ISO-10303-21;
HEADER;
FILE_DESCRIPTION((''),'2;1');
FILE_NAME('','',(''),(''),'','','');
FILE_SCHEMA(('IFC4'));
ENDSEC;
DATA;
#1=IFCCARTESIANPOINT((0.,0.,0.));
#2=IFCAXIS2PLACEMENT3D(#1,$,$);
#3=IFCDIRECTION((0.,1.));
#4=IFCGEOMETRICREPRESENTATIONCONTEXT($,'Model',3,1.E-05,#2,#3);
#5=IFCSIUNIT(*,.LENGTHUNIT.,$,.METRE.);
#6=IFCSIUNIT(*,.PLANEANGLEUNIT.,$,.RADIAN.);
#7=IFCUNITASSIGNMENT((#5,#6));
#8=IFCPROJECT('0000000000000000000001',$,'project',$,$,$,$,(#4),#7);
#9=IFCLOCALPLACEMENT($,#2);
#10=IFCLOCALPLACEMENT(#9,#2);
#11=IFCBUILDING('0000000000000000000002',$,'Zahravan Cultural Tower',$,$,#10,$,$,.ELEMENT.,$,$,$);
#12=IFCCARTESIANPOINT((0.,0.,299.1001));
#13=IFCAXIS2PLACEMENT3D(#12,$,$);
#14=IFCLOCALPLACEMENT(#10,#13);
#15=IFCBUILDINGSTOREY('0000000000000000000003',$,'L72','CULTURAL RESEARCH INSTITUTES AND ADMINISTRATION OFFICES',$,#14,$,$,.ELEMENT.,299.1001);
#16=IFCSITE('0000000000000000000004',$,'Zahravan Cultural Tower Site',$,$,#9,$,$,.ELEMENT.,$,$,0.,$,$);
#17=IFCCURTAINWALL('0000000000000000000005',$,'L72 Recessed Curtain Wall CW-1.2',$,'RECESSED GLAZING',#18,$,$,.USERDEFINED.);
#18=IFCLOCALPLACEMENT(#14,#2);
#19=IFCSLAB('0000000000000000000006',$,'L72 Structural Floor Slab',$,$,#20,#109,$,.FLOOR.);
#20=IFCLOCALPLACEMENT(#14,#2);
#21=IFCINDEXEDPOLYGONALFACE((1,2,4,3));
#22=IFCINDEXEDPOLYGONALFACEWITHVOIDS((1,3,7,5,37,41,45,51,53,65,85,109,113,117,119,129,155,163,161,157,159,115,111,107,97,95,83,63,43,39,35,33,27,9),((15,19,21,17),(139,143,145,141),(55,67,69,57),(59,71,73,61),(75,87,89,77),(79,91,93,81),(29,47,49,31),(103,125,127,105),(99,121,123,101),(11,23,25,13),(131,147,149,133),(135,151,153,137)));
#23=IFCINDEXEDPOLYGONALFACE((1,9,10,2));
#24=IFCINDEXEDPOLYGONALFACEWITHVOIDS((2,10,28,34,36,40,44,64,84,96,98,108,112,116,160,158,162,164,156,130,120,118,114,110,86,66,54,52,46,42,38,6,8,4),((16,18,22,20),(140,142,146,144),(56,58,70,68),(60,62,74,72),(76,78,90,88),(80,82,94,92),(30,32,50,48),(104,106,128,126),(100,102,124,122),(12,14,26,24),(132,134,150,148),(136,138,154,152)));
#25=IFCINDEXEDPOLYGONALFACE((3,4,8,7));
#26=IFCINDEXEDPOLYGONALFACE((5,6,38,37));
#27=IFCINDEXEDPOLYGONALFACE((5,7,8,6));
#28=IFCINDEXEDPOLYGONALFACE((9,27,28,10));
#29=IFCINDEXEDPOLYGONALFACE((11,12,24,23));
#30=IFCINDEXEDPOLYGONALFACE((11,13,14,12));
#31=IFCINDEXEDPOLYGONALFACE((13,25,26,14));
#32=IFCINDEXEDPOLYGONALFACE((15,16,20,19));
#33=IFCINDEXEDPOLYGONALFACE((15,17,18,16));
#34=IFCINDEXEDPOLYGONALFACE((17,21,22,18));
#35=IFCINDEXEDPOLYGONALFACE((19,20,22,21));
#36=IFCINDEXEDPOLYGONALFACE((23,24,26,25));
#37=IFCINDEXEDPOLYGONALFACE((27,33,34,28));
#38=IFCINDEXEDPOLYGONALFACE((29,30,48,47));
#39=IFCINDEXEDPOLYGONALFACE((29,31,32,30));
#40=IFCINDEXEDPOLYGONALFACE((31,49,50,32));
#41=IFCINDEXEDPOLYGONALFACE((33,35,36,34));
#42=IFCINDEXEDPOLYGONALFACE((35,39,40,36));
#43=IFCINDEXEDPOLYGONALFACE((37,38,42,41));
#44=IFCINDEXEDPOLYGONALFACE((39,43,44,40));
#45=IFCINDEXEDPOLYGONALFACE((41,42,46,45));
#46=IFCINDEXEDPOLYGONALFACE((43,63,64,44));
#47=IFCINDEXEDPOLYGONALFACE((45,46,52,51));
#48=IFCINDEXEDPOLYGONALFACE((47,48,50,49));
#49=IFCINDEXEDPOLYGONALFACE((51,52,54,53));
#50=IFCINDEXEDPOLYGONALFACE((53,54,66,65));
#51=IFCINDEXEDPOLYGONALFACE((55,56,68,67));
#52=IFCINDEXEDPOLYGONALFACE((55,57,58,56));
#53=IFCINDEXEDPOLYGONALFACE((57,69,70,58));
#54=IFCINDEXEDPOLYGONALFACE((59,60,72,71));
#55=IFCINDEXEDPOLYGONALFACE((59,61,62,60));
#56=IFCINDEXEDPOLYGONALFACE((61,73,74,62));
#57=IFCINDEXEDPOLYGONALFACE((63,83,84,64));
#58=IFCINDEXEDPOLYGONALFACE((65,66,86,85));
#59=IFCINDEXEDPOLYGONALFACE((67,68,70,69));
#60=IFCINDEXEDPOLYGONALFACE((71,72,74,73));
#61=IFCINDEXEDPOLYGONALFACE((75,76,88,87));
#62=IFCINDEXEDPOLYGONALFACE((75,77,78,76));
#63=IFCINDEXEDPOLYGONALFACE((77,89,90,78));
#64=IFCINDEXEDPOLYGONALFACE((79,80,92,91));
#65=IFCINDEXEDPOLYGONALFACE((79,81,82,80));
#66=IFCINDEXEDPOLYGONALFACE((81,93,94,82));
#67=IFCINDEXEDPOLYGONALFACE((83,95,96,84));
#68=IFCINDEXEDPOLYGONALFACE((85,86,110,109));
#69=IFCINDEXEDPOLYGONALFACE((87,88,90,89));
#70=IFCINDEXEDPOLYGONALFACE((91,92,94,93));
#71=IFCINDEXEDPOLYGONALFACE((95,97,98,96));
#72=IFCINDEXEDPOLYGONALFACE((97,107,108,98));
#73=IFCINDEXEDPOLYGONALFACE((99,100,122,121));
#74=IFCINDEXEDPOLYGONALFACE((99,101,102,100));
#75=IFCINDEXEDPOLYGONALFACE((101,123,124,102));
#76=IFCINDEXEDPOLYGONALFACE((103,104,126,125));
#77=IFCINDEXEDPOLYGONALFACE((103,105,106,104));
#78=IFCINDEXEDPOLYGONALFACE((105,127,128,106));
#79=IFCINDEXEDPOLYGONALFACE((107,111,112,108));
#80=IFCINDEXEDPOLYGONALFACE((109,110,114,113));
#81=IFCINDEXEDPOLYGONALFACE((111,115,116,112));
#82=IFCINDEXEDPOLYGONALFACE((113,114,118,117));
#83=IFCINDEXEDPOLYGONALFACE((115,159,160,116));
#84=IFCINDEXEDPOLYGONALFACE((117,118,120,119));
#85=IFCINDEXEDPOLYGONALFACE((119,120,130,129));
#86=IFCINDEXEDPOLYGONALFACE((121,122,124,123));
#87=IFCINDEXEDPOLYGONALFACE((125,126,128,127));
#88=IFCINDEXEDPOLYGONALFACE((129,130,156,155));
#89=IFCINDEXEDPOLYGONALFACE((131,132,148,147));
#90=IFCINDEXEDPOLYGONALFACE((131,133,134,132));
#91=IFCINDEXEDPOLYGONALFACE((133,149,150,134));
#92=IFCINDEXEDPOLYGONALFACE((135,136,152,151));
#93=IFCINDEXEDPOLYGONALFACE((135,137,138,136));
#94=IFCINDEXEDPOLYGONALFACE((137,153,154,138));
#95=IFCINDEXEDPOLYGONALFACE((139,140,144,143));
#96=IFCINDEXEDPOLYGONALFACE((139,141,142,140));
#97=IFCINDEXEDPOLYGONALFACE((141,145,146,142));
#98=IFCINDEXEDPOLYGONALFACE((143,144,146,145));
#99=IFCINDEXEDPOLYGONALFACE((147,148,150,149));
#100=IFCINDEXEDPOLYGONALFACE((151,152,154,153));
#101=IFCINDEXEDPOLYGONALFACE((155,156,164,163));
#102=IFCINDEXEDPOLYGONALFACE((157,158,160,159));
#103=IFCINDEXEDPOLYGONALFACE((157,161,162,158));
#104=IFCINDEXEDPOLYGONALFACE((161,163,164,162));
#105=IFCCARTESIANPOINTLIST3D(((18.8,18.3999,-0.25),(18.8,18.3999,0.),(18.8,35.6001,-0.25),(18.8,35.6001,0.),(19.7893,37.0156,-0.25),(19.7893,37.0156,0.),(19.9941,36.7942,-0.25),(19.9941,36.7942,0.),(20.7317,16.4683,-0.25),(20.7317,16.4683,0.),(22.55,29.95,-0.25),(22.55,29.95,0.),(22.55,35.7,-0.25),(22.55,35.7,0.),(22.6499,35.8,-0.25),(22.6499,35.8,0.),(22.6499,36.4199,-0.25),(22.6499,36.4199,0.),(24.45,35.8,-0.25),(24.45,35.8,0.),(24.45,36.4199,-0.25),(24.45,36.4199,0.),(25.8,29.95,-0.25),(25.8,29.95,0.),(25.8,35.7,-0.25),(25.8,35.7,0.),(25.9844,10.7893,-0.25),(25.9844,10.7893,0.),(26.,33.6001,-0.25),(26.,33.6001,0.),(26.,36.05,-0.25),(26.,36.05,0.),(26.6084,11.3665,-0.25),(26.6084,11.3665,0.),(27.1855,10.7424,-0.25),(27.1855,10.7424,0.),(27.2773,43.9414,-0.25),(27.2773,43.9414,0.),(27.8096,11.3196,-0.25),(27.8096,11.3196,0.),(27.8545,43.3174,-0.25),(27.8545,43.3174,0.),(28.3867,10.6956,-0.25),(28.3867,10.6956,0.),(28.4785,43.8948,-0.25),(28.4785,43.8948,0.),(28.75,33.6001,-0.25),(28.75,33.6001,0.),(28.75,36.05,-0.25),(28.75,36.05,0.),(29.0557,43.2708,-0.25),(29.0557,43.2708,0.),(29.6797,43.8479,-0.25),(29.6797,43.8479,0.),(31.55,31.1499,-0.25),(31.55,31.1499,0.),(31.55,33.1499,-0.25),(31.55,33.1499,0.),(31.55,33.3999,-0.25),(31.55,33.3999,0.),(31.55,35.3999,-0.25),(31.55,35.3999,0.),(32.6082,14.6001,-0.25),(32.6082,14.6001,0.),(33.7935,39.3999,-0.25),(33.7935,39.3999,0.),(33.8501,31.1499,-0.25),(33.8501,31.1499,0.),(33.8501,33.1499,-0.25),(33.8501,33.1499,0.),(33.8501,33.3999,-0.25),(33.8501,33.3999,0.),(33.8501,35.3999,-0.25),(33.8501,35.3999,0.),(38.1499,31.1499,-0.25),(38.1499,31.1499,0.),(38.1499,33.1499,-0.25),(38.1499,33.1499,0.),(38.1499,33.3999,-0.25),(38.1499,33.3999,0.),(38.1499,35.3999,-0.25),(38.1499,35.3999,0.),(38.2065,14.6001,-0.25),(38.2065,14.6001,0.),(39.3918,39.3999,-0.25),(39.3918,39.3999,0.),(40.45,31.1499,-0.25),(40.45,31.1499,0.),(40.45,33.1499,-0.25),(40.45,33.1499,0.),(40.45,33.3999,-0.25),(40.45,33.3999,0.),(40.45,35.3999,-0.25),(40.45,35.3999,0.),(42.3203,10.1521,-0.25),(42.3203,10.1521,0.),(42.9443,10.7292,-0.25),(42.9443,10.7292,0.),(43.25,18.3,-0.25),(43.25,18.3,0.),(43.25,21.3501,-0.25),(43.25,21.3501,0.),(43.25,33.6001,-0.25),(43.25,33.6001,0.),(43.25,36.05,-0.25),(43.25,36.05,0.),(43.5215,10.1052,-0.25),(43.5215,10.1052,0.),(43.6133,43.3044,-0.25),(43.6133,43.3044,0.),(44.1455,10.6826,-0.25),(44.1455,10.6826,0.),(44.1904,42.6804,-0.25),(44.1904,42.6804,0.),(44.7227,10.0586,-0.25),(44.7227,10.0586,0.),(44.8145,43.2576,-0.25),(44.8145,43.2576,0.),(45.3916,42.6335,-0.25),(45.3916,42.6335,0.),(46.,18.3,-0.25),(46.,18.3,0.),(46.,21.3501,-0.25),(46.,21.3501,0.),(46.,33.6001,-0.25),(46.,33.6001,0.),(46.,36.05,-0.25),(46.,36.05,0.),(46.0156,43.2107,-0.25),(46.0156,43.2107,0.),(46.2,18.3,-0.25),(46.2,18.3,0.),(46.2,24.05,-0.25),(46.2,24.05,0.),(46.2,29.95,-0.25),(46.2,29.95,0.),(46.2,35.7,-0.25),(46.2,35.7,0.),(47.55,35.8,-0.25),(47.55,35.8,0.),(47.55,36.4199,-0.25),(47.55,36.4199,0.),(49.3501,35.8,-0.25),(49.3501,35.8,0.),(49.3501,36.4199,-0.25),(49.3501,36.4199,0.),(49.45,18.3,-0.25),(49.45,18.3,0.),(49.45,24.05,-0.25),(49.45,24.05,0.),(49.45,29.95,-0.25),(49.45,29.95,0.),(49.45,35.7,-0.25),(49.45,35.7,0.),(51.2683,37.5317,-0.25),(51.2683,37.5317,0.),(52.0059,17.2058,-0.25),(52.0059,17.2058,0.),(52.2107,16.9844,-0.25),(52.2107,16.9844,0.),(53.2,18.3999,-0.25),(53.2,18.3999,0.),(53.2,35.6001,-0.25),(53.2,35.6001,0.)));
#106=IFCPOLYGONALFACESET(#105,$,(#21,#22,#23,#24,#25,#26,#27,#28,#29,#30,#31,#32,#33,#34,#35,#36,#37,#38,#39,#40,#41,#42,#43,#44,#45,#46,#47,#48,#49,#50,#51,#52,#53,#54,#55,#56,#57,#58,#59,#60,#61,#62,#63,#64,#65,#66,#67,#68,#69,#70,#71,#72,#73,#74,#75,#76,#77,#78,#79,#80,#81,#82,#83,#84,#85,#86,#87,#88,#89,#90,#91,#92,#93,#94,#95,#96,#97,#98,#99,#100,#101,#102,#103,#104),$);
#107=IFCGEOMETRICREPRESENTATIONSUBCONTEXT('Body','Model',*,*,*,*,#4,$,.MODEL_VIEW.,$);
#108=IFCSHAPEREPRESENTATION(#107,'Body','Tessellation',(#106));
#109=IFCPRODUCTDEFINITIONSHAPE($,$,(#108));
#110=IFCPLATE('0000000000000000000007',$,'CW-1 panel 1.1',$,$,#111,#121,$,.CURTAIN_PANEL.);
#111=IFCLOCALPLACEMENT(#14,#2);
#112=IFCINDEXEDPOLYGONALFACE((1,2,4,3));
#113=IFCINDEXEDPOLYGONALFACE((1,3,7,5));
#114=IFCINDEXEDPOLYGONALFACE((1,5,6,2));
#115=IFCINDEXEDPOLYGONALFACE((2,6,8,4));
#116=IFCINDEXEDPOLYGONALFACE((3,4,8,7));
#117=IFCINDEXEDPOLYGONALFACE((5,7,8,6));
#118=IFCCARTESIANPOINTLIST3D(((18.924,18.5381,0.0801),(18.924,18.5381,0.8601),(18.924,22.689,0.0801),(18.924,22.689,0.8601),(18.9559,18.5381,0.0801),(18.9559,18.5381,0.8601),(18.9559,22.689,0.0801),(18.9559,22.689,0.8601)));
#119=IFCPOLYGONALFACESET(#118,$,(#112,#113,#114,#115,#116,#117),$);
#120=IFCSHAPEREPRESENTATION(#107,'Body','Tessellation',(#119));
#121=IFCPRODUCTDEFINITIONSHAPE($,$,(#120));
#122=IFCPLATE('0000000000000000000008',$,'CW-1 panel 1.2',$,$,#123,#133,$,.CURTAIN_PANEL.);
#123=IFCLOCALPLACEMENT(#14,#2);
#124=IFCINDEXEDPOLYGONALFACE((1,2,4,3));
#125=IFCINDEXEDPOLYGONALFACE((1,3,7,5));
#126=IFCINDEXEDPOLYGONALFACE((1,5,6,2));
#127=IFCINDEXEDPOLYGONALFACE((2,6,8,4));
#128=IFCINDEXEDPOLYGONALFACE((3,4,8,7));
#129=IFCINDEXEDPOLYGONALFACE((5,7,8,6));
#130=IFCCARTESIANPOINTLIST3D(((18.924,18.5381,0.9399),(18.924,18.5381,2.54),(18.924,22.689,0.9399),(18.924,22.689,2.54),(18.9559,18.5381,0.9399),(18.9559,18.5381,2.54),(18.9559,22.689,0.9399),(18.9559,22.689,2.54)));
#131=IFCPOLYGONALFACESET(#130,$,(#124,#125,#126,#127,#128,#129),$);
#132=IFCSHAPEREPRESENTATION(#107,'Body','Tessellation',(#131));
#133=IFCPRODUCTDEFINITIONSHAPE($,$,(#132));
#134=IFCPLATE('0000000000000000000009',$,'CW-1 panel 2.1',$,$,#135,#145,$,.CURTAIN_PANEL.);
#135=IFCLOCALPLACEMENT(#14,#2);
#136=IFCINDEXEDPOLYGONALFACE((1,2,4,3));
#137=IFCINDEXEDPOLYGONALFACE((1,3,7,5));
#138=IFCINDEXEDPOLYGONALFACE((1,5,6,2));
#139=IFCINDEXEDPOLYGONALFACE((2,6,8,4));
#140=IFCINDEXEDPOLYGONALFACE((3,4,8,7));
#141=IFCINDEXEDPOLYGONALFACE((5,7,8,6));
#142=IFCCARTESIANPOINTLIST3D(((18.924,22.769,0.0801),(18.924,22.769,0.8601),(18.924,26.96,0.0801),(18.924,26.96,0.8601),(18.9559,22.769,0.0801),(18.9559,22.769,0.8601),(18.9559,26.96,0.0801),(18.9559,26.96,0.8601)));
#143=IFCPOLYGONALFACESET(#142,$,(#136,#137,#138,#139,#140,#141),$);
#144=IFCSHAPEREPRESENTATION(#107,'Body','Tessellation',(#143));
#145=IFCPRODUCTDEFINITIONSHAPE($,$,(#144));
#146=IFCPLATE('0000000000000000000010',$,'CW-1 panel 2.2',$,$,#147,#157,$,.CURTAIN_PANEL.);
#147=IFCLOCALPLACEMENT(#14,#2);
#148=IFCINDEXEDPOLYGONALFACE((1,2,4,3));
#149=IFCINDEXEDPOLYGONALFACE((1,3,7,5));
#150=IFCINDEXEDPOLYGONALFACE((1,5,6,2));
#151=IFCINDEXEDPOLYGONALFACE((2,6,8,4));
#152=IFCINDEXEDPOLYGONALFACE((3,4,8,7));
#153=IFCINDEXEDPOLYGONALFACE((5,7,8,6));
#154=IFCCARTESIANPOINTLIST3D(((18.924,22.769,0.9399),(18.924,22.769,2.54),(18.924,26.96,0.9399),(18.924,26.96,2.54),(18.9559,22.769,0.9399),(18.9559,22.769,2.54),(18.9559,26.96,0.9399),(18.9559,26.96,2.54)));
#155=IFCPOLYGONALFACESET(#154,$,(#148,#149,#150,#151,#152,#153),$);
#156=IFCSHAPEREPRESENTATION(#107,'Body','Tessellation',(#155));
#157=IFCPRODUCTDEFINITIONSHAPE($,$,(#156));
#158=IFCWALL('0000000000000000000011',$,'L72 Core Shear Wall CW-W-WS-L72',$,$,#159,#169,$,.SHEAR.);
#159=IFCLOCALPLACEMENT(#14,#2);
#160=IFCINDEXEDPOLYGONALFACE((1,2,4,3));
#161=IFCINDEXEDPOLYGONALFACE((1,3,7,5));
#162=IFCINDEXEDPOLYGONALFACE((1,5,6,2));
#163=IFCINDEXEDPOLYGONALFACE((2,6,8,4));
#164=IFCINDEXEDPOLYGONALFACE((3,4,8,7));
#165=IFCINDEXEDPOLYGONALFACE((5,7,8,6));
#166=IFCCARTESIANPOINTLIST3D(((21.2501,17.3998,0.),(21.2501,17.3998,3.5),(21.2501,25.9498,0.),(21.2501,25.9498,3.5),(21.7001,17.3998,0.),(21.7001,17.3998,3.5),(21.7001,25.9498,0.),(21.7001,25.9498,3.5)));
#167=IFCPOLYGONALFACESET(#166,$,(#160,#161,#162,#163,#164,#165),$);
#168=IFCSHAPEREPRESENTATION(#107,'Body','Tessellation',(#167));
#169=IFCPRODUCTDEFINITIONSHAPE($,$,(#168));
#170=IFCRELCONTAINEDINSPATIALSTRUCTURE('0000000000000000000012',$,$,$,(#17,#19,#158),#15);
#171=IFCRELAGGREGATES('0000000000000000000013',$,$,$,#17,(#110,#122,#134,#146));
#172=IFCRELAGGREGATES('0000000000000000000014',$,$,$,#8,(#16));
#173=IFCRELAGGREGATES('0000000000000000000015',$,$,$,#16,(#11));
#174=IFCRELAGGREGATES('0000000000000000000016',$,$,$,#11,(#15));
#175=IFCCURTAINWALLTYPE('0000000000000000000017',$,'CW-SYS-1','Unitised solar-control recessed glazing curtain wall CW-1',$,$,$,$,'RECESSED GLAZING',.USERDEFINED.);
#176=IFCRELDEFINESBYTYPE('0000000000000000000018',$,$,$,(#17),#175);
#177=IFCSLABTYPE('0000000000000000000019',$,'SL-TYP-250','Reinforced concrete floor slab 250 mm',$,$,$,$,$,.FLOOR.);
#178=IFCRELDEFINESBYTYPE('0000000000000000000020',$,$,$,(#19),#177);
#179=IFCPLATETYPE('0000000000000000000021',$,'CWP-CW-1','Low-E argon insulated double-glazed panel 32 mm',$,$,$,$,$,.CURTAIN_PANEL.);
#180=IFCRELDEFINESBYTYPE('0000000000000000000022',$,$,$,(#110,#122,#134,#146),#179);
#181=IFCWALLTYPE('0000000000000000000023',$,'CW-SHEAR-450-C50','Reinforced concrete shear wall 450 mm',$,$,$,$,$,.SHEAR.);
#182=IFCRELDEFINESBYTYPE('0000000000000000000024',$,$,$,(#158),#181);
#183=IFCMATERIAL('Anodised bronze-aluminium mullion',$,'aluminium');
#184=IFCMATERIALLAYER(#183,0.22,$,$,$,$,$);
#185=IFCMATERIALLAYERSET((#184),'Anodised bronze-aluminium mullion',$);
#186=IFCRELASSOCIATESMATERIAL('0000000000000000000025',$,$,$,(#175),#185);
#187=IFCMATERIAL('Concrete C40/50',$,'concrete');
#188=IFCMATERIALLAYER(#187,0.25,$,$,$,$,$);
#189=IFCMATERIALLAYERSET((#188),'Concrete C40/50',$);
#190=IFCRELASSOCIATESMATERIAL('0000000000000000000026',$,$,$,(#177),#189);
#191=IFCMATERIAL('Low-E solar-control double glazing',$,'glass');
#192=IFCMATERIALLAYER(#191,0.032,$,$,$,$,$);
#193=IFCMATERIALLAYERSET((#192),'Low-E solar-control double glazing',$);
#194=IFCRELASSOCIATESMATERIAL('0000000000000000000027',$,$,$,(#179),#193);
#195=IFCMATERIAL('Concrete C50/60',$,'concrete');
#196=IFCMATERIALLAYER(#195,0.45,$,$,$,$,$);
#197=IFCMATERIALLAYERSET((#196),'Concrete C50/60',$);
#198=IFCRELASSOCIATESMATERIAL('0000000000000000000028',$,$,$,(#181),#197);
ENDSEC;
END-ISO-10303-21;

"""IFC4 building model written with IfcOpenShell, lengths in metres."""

from ifc_helpers import new_model, si_unit, direction, frame, frame_2d, origin, origin_2d, place, context, subcontext, project, spatial, polyline, rectangle, outline, extrude, source, transform, mapped, material, layer, layer_set, type_object, element, aggregate, save


model = new_model("IFC4")

# Units and contexts
model_context = context("Model", 3, precision=1e-05, world=origin(), true_north=direction((0.0, 1.0)))
body_context = subcontext(model_context, "Body", "Model", "MODEL_VIEW")
ifc_project = project(units=[si_unit("LENGTHUNIT", "METRE"), si_unit("PLANEANGLEUNIT", "RADIAN")], contexts=[model_context])

# Site, building, storey
site_placement = place(None, origin())
site = spatial("IfcSite", under=ifc_project, at=site_placement, Name="Zahravan Cultural Tower Site", CompositionType="ELEMENT", RefElevation=0.0)
building_placement = place(site_placement, origin())
building = spatial("IfcBuilding", under=site, at=building_placement, Name="Zahravan Cultural Tower", CompositionType="ELEMENT")
storey_placement = place(building_placement, frame((0.0, 0.0, 299.1001)))
storey = spatial("IfcBuildingStorey", under=building, at=storey_placement, Name="L72", Description="CULTURAL RESEARCH INSTITUTES AND ADMINISTRATION OFFICES", CompositionType="ELEMENT", Elevation=299.1001)

# Shared definitions
ifc_material_1 = material(Name="Concrete C50/60", Category="concrete")

# Curtain wall
ifc_material_2 = material(Name="Anodised bronze-aluminium mullion", Category="aluminium")
ifc_layer_1 = layer(ifc_material_2, 0.22)
ifc_layer_set_1 = layer_set([ifc_layer_1], Name="Anodised bronze-aluminium mullion")
curtain_wall_type = type_object("IfcCurtainWallType", Name="CW-SYS-1", Description="Unitised solar-control recessed glazing curtain wall CW-1", ElementType="RECESSED GLAZING", PredefinedType="USERDEFINED", material=ifc_layer_set_1)
curtain_wall_placement = place(storey_placement, origin())
curtain_wall = element("IfcCurtainWall", 1, at=curtain_wall_placement, inside=storey, type_object=curtain_wall_type, Name="L72 Recessed Curtain Wall CW-1.2", ObjectType="RECESSED GLAZING", PredefinedType="USERDEFINED")

# Slab
ifc_material_3 = material(Name="Concrete C40/50", Category="concrete")
ifc_layer_2 = layer(ifc_material_3, 0.25)
ifc_layer_set_2 = layer_set([ifc_layer_2], Name="Concrete C40/50")
slab_type_1 = type_object("IfcSlabType", Name="SL-TYP-250", Description="Reinforced concrete floor slab 250 mm", PredefinedType="FLOOR", material=ifc_layer_set_2)
slab_1_placement = place(storey_placement, frame((0.0, 0.0, -0.25)))
element("IfcSlab", 2, at=slab_1_placement, inside=storey, type_object=slab_type_1, Name="L72 Structural Floor Slab", PredefinedType="FLOOR", context=body_context, shape_type="SweptSolid", body=[
    extrude(outline(polyline([(39.3918, 39.3999), (33.7935, 39.3999), (29.6797, 43.8479), (29.0557, 43.2708), (28.4785, 43.8948), (27.8545, 43.3174), (27.2773, 43.9414), (19.7893, 37.0156), (19.9941, 36.7942), (18.8, 35.6001), (18.8, 18.3999), (20.7317, 16.4683), (25.9844, 10.7893), (26.6084, 11.3665), (27.1855, 10.7424), (27.8096, 11.3196), (28.3867, 10.6956), (32.6082, 14.6001), (38.2065, 14.6001), (42.3203, 10.1521), (42.9443, 10.7292), (43.5215, 10.1052), (44.1455, 10.6826), (44.7227, 10.0586), (52.2107, 16.9844), (52.0059, 17.2058), (53.2, 18.3999), (53.2, 35.6001), (51.2683, 37.5317), (46.0156, 43.2107), (45.3916, 42.6335), (44.8145, 43.2576), (44.1904, 42.6804), (43.6133, 43.3044), (39.3918, 39.3999)]), holes=[polyline([(22.55, 29.95), (22.55, 35.7), (25.8, 35.7), (25.8, 29.95), (22.55, 29.95)]), polyline([(46.2, 29.95), (46.2, 35.7), (49.45, 35.7), (49.45, 29.95), (46.2, 29.95)]), polyline([(46.2, 18.3), (46.2, 24.05), (49.45, 24.05), (49.45, 18.3), (46.2, 18.3)]), polyline([(26.0, 33.6001), (26.0, 36.05), (28.75, 36.05), (28.75, 33.6001), (26.0, 33.6001)]), polyline([(43.25, 33.6001), (43.25, 36.05), (46.0, 36.05), (46.0, 33.6001), (43.25, 33.6001)]), polyline([(43.25, 18.3), (43.25, 21.3501), (46.0, 21.3501), (46.0, 18.3), (43.25, 18.3)]), polyline([(31.55, 33.3999), (31.55, 35.3999), (33.8501, 35.3999), (33.8501, 33.3999), (31.55, 33.3999)]), polyline([(31.55, 31.1499), (31.55, 33.1499), (33.8501, 33.1499), (33.8501, 31.1499), (31.55, 31.1499)]), polyline([(38.1499, 33.3999), (38.1499, 35.3999), (40.45, 35.3999), (40.45, 33.3999), (38.1499, 33.3999)]), polyline([(38.1499, 31.1499), (38.1499, 33.1499), (40.45, 33.1499), (40.45, 31.1499), (38.1499, 31.1499)]), polyline([(22.6499, 35.8), (22.6499, 36.4199), (24.45, 36.4199), (24.45, 35.8), (22.6499, 35.8)]), polyline([(47.55, 35.8), (47.55, 36.4199), (49.3501, 36.4199), (49.3501, 35.8), (47.55, 35.8)])]), origin(), (0.0, 0.0, 1.0), 0.25),
])

# Plates
ifc_material_4 = material(Name="Low-E solar-control double glazing", Category="glass")
ifc_layer_3 = layer(ifc_material_4, 0.032)
ifc_layer_set_3 = layer_set([ifc_layer_3], Name="Low-E solar-control double glazing")
plate_type = type_object("IfcPlateType", Name="CWP-CW-1", Description="Low-E argon insulated double-glazed panel 32 mm", PredefinedType="CURTAIN_PANEL", material=ifc_layer_set_3)
shared_shape_1 = source(origin(), body_context, "Body", "SweptSolid", [
    extrude(rectangle(XDim=4.1509, YDim=0.032, at=origin_2d()), origin(), (0.0, 0.0, 1.0), 0.78),
])
plate_1_placement = place(storey_placement, frame((18.9399, 20.6135, 0.0801), z_axis=(0.0, 0.0, 1.0), x_axis=(0.0, 1.0, 0.0)))
plate_1 = element("IfcPlate", 3, at=plate_1_placement, type_object=plate_type, Name="CW-1 panel 1.1", PredefinedType="CURTAIN_PANEL", context=body_context, shape_type="MappedRepresentation", body=[
    mapped(shared_shape_1, transform((0.0, 0.0, 0.0), x_axis=(1.0, 0.0, 0.0), y_axis=(0.0, 1.0, 0.0), z_axis=(0.0, 0.0, 1.0), scale=1.0)),
])
shared_shape_2 = source(origin(), body_context, "Body", "SweptSolid", [
    extrude(rectangle(XDim=4.1509, YDim=0.032, at=origin_2d()), origin(), (0.0, 0.0, 1.0), 1.6001),
])
plate_2_placement = place(storey_placement, frame((18.9399, 20.6135, 0.9399), z_axis=(0.0, 0.0, 1.0), x_axis=(0.0, 1.0, 0.0)))
plate_2 = element("IfcPlate", 4, at=plate_2_placement, type_object=plate_type, Name="CW-1 panel 1.2", PredefinedType="CURTAIN_PANEL", context=body_context, shape_type="MappedRepresentation", body=[
    mapped(shared_shape_2, transform((0.0, 0.0, 0.0), x_axis=(1.0, 0.0, 0.0), y_axis=(0.0, 1.0, 0.0), z_axis=(0.0, 0.0, 1.0), scale=1.0)),
])
shared_shape_3 = source(origin(), body_context, "Body", "SweptSolid", [
    extrude(rectangle(XDim=4.1909, YDim=0.032, at=origin_2d()), origin(), (0.0, 0.0, 1.0), 0.78),
])
plate_3_placement = place(storey_placement, frame((18.9399, 24.8645, 0.0801), z_axis=(0.0, 0.0, 1.0), x_axis=(0.0, 1.0, 0.0)))
plate_3 = element("IfcPlate", 5, at=plate_3_placement, type_object=plate_type, Name="CW-1 panel 2.1", PredefinedType="CURTAIN_PANEL", context=body_context, shape_type="MappedRepresentation", body=[
    mapped(shared_shape_3, transform((0.0, 0.0, 0.0), x_axis=(1.0, 0.0, 0.0), y_axis=(0.0, 1.0, 0.0), z_axis=(0.0, 0.0, 1.0), scale=1.0)),
])
shared_shape_4 = source(origin(), body_context, "Body", "SweptSolid", [
    extrude(rectangle(XDim=4.1909, YDim=0.032, at=origin_2d()), origin(), (0.0, 0.0, 1.0), 1.6001),
])
plate_4_placement = place(storey_placement, frame((18.9399, 24.8645, 0.9399), z_axis=(0.0, 0.0, 1.0), x_axis=(0.0, 1.0, 0.0)))
plate_4 = element("IfcPlate", 6, at=plate_4_placement, type_object=plate_type, Name="CW-1 panel 2.2", PredefinedType="CURTAIN_PANEL", context=body_context, shape_type="MappedRepresentation", body=[
    mapped(shared_shape_4, transform((0.0, 0.0, 0.0), x_axis=(1.0, 0.0, 0.0), y_axis=(0.0, 1.0, 0.0), z_axis=(0.0, 0.0, 1.0), scale=1.0)),
])
aggregate(curtain_wall, [plate_1, plate_2, plate_3, plate_4])

# Wall
ifc_layer_4 = layer(ifc_material_1, 0.45)
ifc_layer_set_4 = layer_set([ifc_layer_4], Name="Concrete C50/60")
wall_type_1 = type_object("IfcWallType", Name="CW-SHEAR-450-C50", Description="Reinforced concrete shear wall 450 mm", PredefinedType="SHEAR", material=ifc_layer_set_4)
shared_shape_5 = source(origin(), body_context, "Body", "SweptSolid", [
    extrude(rectangle(XDim=8.55, YDim=0.45, at=frame_2d((4.2749, 0.0))), origin(), (0.0, 0.0, 1.0), 3.5),
])
wall_1_placement = place(storey_placement, frame((21.4751, 17.3999, 0.0), z_axis=(0.0, 0.0, 1.0), x_axis=(0.0, 1.0, 0.0)))
element("IfcWall", 7, at=wall_1_placement, inside=storey, type_object=wall_type_1, Name="L72 Core Shear Wall CW-W-WS-L72", PredefinedType="SHEAR", context=body_context, shape_type="MappedRepresentation", body=[
    mapped(shared_shape_5, transform((0.0, 0.0, 0.0), x_axis=(1.0, 0.0, 0.0), y_axis=(0.0, 1.0, 0.0), z_axis=(0.0, 0.0, 1.0), scale=1.0)),
])

save(model, "model.ifc")
